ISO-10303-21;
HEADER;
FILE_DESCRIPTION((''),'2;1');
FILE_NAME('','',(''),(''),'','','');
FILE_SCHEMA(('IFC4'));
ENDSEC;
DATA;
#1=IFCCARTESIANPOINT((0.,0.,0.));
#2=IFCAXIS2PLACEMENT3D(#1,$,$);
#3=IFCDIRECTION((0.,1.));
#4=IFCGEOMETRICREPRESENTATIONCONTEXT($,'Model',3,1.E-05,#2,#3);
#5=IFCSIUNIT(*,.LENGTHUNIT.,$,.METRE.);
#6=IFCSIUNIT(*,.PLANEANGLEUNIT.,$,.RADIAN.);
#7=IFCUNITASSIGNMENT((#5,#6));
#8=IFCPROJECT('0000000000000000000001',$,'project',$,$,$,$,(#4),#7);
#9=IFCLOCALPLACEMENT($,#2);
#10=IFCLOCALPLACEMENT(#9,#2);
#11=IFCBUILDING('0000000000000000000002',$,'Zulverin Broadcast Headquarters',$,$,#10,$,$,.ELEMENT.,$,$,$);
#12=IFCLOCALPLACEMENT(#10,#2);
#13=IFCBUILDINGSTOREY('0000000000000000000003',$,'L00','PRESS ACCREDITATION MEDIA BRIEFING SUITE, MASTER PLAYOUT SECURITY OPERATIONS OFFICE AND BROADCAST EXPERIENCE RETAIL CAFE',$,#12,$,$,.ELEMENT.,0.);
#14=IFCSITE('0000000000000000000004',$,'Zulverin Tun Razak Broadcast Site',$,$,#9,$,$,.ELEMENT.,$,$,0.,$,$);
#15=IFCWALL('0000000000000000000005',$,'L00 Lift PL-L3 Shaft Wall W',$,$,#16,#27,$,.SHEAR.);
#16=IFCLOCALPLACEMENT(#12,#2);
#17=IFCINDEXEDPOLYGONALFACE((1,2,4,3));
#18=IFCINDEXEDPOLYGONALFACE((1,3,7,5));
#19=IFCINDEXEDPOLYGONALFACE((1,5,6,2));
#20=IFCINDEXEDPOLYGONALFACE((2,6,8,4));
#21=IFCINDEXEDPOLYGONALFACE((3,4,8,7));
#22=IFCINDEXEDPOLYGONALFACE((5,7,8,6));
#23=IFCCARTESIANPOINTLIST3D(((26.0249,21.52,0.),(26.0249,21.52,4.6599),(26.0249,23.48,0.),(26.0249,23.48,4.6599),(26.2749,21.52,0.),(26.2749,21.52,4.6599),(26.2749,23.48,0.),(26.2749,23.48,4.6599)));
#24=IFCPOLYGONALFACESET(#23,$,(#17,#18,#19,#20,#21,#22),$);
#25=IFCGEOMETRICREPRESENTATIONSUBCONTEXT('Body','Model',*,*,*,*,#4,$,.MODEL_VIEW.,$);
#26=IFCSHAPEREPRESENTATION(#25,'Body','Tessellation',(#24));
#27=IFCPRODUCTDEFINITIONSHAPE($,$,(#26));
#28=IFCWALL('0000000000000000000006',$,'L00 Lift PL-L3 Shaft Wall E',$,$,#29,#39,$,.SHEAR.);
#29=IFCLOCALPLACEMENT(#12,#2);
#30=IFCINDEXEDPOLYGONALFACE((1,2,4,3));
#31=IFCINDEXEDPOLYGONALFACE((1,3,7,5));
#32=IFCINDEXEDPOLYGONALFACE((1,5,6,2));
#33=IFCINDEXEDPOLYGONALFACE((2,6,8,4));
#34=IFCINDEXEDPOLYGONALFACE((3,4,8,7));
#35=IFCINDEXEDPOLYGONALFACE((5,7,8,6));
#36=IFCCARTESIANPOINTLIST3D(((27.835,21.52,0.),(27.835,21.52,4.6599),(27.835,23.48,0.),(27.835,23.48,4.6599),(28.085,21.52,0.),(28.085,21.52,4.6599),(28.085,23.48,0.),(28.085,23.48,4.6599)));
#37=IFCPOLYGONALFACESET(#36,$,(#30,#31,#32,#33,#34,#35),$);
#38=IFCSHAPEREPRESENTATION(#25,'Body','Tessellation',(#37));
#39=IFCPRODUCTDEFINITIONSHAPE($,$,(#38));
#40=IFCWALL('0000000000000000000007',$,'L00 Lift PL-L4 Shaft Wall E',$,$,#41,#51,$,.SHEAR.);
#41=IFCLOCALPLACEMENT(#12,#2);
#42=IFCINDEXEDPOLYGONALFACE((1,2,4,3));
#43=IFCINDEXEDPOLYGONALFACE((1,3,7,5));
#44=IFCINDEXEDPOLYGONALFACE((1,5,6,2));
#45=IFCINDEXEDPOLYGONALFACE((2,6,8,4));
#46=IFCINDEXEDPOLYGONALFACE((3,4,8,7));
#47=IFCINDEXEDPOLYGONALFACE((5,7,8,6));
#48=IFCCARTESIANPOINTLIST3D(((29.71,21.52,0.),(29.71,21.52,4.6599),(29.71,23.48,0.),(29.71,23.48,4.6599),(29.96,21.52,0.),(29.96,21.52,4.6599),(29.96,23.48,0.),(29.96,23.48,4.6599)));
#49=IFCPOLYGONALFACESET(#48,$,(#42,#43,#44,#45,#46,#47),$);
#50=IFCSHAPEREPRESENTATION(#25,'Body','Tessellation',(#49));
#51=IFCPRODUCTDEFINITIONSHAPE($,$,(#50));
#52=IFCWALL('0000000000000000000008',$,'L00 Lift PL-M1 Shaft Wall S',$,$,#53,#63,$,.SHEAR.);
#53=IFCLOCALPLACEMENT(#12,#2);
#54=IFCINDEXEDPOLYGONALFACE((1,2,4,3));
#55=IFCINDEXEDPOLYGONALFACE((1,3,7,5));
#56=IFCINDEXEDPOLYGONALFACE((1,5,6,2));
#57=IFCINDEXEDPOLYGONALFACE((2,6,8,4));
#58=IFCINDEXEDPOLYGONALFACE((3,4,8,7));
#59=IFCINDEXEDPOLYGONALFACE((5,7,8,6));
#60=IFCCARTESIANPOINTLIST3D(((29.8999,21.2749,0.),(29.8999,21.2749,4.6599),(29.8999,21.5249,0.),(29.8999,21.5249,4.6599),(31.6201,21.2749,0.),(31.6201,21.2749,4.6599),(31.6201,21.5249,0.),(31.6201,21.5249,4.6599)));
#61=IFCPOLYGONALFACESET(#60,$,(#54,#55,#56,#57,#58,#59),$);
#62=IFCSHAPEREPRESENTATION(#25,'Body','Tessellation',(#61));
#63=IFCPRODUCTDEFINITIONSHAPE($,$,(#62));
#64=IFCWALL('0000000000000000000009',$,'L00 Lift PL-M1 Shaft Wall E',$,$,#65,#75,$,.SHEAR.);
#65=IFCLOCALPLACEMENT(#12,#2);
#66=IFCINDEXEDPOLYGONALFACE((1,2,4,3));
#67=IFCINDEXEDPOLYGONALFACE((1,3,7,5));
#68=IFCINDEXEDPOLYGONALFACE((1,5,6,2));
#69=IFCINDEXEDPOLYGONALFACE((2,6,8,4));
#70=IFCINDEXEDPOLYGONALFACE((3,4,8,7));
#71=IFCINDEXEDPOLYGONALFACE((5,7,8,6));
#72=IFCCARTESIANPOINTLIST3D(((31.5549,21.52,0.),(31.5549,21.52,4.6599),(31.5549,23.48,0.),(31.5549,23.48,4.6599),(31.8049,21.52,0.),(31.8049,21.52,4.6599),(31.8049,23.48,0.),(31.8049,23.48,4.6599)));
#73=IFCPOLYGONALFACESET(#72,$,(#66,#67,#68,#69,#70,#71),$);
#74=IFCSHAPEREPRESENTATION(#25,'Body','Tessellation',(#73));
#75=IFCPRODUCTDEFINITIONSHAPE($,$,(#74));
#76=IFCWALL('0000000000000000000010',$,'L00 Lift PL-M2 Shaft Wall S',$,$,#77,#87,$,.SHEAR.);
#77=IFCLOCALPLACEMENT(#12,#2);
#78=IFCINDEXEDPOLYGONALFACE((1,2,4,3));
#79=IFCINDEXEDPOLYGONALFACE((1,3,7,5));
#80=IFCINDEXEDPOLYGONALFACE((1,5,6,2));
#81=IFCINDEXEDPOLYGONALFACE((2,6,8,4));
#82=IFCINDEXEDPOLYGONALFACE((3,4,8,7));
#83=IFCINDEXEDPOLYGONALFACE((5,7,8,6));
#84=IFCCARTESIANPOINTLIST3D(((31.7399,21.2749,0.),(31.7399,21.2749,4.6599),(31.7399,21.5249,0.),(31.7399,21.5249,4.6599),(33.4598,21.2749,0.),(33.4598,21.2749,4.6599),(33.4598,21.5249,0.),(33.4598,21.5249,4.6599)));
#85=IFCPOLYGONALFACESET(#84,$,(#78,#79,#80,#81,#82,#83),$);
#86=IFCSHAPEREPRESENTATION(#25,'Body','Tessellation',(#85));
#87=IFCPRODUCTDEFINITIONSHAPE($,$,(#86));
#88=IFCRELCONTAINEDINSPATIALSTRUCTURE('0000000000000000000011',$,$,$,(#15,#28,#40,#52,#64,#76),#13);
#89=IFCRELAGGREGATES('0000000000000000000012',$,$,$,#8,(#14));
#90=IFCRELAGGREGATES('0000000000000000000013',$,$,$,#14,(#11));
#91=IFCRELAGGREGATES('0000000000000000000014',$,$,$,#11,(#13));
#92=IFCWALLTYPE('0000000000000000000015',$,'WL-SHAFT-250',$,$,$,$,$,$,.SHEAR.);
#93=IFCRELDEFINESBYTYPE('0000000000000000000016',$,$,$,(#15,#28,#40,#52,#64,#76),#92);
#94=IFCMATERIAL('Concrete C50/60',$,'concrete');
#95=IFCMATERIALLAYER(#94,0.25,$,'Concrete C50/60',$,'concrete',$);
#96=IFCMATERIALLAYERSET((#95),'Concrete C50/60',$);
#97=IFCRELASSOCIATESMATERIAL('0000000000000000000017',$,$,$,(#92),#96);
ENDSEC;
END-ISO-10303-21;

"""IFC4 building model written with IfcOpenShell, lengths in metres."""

from ifc_helpers import new_model, si_unit, direction, frame, frame_2d, origin, place, context, subcontext, project, spatial, rectangle, extrude, material, layer, layer_set, type_object, element, save


model = new_model("IFC4")

# Units and contexts
model_context = context("Model", 3, precision=1e-05, world=origin(), true_north=direction((0.0, 1.0)))
body_context = subcontext(model_context, "Body", "Model", "MODEL_VIEW")
ifc_project = project(units=[si_unit("LENGTHUNIT", "METRE"), si_unit("PLANEANGLEUNIT", "RADIAN")], contexts=[model_context])

# Site, building, storey
site_placement = place(None, origin())
site = spatial("IfcSite", under=ifc_project, at=site_placement, Name="Zulverin Tun Razak Broadcast Site", CompositionType="ELEMENT", RefElevation=0.0)
building_placement = place(site_placement, origin())
building = spatial("IfcBuilding", under=site, at=building_placement, Name="Zulverin Broadcast Headquarters", CompositionType="ELEMENT")
storey_placement = place(building_placement, origin())
storey = spatial("IfcBuildingStorey", under=building, at=storey_placement, Name="L00", Description="PRESS ACCREDITATION MEDIA BRIEFING SUITE, MASTER PLAYOUT SECURITY OPERATIONS OFFICE AND BROADCAST EXPERIENCE RETAIL CAFE", CompositionType="ELEMENT", Elevation=0.0)

# Shared definitions
ifc_material_1 = material(Name="Concrete C50/60", Category="concrete")
ifc_layer = layer(ifc_material_1, 0.25, Name="Concrete C50/60", Category="concrete")
ifc_layer_set = layer_set([ifc_layer], Name="Concrete C50/60")
wall_type = type_object("IfcWallType", Name="WL-SHAFT-250", PredefinedType="SHEAR", material=ifc_layer_set)

# Walls
for number, where, z_axis, x_axis, name in (
    (1, (26.1499, 21.52, 0.0), (0.0, 0.0, 1.0), (0.0, 1.0, 0.0), "L00 Lift PL-L3 Shaft Wall W"),
    (2, (27.96, 21.52, 0.0), (0.0, 0.0, 1.0), (0.0, 1.0, 0.0), "L00 Lift PL-L3 Shaft Wall E"),
):
    element("IfcWall", number, at=place(storey_placement, frame(where, z_axis=z_axis, x_axis=x_axis)), inside=storey, type_object=wall_type, Name=name, PredefinedType="SHEAR", context=body_context, shape_type="SweptSolid", body=[
        extrude(rectangle(XDim=1.96, YDim=0.25, at=frame_2d((0.98, 0.0))), origin(), (0.0, 0.0, 1.0), 4.6599),
    ])

# Walls
wall_1_placement = place(storey_placement, frame((29.835, 21.52, 0.0), z_axis=(0.0, 0.0, 1.0), x_axis=(0.0, 1.0, 0.0)))
element("IfcWall", 3, at=wall_1_placement, inside=storey, type_object=wall_type, Name="L00 Lift PL-L4 Shaft Wall E", PredefinedType="SHEAR", context=body_context, shape_type="SweptSolid", body=[
    extrude(rectangle(XDim=1.96, YDim=0.25, at=frame_2d((0.98, 0.0))), origin(), (0.0, 0.0, 1.0), 4.6599),
])
wall_2_placement = place(storey_placement, frame((29.8999, 21.3999, 0.0), z_axis=(0.0, 0.0, 1.0), x_axis=(1.0, 0.0, 0.0)))
element("IfcWall", 4, at=wall_2_placement, inside=storey, type_object=wall_type, Name="L00 Lift PL-M1 Shaft Wall S", PredefinedType="SHEAR", context=body_context, shape_type="SweptSolid", body=[
    extrude(rectangle(XDim=1.7202, YDim=0.25, at=frame_2d((0.8601, 0.0))), origin(), (0.0, 0.0, 1.0), 4.6599),
])

# Walls
wall_3_placement = place(storey_placement, frame((31.6799, 21.52, 0.0), z_axis=(0.0, 0.0, 1.0), x_axis=(0.0, 1.0, 0.0)))
element("IfcWall", 5, at=wall_3_placement, inside=storey, type_object=wall_type, Name="L00 Lift PL-M1 Shaft Wall E", PredefinedType="SHEAR", context=body_context, shape_type="SweptSolid", body=[
    extrude(rectangle(XDim=1.96, YDim=0.25, at=frame_2d((0.98, 0.0))), origin(), (0.0, 0.0, 1.0), 4.6599),
])
wall_4_placement = place(storey_placement, frame((31.74, 21.3999, 0.0), z_axis=(0.0, 0.0, 1.0), x_axis=(1.0, 0.0, 0.0)))
element("IfcWall", 6, at=wall_4_placement, inside=storey, type_object=wall_type, Name="L00 Lift PL-M2 Shaft Wall S", PredefinedType="SHEAR", context=body_context, shape_type="SweptSolid", body=[
    extrude(rectangle(XDim=1.72, YDim=0.25, at=frame_2d((0.8599, 0.0))), origin(), (0.0, 0.0, 1.0), 4.6599),
])

save(model, "model.ifc")
